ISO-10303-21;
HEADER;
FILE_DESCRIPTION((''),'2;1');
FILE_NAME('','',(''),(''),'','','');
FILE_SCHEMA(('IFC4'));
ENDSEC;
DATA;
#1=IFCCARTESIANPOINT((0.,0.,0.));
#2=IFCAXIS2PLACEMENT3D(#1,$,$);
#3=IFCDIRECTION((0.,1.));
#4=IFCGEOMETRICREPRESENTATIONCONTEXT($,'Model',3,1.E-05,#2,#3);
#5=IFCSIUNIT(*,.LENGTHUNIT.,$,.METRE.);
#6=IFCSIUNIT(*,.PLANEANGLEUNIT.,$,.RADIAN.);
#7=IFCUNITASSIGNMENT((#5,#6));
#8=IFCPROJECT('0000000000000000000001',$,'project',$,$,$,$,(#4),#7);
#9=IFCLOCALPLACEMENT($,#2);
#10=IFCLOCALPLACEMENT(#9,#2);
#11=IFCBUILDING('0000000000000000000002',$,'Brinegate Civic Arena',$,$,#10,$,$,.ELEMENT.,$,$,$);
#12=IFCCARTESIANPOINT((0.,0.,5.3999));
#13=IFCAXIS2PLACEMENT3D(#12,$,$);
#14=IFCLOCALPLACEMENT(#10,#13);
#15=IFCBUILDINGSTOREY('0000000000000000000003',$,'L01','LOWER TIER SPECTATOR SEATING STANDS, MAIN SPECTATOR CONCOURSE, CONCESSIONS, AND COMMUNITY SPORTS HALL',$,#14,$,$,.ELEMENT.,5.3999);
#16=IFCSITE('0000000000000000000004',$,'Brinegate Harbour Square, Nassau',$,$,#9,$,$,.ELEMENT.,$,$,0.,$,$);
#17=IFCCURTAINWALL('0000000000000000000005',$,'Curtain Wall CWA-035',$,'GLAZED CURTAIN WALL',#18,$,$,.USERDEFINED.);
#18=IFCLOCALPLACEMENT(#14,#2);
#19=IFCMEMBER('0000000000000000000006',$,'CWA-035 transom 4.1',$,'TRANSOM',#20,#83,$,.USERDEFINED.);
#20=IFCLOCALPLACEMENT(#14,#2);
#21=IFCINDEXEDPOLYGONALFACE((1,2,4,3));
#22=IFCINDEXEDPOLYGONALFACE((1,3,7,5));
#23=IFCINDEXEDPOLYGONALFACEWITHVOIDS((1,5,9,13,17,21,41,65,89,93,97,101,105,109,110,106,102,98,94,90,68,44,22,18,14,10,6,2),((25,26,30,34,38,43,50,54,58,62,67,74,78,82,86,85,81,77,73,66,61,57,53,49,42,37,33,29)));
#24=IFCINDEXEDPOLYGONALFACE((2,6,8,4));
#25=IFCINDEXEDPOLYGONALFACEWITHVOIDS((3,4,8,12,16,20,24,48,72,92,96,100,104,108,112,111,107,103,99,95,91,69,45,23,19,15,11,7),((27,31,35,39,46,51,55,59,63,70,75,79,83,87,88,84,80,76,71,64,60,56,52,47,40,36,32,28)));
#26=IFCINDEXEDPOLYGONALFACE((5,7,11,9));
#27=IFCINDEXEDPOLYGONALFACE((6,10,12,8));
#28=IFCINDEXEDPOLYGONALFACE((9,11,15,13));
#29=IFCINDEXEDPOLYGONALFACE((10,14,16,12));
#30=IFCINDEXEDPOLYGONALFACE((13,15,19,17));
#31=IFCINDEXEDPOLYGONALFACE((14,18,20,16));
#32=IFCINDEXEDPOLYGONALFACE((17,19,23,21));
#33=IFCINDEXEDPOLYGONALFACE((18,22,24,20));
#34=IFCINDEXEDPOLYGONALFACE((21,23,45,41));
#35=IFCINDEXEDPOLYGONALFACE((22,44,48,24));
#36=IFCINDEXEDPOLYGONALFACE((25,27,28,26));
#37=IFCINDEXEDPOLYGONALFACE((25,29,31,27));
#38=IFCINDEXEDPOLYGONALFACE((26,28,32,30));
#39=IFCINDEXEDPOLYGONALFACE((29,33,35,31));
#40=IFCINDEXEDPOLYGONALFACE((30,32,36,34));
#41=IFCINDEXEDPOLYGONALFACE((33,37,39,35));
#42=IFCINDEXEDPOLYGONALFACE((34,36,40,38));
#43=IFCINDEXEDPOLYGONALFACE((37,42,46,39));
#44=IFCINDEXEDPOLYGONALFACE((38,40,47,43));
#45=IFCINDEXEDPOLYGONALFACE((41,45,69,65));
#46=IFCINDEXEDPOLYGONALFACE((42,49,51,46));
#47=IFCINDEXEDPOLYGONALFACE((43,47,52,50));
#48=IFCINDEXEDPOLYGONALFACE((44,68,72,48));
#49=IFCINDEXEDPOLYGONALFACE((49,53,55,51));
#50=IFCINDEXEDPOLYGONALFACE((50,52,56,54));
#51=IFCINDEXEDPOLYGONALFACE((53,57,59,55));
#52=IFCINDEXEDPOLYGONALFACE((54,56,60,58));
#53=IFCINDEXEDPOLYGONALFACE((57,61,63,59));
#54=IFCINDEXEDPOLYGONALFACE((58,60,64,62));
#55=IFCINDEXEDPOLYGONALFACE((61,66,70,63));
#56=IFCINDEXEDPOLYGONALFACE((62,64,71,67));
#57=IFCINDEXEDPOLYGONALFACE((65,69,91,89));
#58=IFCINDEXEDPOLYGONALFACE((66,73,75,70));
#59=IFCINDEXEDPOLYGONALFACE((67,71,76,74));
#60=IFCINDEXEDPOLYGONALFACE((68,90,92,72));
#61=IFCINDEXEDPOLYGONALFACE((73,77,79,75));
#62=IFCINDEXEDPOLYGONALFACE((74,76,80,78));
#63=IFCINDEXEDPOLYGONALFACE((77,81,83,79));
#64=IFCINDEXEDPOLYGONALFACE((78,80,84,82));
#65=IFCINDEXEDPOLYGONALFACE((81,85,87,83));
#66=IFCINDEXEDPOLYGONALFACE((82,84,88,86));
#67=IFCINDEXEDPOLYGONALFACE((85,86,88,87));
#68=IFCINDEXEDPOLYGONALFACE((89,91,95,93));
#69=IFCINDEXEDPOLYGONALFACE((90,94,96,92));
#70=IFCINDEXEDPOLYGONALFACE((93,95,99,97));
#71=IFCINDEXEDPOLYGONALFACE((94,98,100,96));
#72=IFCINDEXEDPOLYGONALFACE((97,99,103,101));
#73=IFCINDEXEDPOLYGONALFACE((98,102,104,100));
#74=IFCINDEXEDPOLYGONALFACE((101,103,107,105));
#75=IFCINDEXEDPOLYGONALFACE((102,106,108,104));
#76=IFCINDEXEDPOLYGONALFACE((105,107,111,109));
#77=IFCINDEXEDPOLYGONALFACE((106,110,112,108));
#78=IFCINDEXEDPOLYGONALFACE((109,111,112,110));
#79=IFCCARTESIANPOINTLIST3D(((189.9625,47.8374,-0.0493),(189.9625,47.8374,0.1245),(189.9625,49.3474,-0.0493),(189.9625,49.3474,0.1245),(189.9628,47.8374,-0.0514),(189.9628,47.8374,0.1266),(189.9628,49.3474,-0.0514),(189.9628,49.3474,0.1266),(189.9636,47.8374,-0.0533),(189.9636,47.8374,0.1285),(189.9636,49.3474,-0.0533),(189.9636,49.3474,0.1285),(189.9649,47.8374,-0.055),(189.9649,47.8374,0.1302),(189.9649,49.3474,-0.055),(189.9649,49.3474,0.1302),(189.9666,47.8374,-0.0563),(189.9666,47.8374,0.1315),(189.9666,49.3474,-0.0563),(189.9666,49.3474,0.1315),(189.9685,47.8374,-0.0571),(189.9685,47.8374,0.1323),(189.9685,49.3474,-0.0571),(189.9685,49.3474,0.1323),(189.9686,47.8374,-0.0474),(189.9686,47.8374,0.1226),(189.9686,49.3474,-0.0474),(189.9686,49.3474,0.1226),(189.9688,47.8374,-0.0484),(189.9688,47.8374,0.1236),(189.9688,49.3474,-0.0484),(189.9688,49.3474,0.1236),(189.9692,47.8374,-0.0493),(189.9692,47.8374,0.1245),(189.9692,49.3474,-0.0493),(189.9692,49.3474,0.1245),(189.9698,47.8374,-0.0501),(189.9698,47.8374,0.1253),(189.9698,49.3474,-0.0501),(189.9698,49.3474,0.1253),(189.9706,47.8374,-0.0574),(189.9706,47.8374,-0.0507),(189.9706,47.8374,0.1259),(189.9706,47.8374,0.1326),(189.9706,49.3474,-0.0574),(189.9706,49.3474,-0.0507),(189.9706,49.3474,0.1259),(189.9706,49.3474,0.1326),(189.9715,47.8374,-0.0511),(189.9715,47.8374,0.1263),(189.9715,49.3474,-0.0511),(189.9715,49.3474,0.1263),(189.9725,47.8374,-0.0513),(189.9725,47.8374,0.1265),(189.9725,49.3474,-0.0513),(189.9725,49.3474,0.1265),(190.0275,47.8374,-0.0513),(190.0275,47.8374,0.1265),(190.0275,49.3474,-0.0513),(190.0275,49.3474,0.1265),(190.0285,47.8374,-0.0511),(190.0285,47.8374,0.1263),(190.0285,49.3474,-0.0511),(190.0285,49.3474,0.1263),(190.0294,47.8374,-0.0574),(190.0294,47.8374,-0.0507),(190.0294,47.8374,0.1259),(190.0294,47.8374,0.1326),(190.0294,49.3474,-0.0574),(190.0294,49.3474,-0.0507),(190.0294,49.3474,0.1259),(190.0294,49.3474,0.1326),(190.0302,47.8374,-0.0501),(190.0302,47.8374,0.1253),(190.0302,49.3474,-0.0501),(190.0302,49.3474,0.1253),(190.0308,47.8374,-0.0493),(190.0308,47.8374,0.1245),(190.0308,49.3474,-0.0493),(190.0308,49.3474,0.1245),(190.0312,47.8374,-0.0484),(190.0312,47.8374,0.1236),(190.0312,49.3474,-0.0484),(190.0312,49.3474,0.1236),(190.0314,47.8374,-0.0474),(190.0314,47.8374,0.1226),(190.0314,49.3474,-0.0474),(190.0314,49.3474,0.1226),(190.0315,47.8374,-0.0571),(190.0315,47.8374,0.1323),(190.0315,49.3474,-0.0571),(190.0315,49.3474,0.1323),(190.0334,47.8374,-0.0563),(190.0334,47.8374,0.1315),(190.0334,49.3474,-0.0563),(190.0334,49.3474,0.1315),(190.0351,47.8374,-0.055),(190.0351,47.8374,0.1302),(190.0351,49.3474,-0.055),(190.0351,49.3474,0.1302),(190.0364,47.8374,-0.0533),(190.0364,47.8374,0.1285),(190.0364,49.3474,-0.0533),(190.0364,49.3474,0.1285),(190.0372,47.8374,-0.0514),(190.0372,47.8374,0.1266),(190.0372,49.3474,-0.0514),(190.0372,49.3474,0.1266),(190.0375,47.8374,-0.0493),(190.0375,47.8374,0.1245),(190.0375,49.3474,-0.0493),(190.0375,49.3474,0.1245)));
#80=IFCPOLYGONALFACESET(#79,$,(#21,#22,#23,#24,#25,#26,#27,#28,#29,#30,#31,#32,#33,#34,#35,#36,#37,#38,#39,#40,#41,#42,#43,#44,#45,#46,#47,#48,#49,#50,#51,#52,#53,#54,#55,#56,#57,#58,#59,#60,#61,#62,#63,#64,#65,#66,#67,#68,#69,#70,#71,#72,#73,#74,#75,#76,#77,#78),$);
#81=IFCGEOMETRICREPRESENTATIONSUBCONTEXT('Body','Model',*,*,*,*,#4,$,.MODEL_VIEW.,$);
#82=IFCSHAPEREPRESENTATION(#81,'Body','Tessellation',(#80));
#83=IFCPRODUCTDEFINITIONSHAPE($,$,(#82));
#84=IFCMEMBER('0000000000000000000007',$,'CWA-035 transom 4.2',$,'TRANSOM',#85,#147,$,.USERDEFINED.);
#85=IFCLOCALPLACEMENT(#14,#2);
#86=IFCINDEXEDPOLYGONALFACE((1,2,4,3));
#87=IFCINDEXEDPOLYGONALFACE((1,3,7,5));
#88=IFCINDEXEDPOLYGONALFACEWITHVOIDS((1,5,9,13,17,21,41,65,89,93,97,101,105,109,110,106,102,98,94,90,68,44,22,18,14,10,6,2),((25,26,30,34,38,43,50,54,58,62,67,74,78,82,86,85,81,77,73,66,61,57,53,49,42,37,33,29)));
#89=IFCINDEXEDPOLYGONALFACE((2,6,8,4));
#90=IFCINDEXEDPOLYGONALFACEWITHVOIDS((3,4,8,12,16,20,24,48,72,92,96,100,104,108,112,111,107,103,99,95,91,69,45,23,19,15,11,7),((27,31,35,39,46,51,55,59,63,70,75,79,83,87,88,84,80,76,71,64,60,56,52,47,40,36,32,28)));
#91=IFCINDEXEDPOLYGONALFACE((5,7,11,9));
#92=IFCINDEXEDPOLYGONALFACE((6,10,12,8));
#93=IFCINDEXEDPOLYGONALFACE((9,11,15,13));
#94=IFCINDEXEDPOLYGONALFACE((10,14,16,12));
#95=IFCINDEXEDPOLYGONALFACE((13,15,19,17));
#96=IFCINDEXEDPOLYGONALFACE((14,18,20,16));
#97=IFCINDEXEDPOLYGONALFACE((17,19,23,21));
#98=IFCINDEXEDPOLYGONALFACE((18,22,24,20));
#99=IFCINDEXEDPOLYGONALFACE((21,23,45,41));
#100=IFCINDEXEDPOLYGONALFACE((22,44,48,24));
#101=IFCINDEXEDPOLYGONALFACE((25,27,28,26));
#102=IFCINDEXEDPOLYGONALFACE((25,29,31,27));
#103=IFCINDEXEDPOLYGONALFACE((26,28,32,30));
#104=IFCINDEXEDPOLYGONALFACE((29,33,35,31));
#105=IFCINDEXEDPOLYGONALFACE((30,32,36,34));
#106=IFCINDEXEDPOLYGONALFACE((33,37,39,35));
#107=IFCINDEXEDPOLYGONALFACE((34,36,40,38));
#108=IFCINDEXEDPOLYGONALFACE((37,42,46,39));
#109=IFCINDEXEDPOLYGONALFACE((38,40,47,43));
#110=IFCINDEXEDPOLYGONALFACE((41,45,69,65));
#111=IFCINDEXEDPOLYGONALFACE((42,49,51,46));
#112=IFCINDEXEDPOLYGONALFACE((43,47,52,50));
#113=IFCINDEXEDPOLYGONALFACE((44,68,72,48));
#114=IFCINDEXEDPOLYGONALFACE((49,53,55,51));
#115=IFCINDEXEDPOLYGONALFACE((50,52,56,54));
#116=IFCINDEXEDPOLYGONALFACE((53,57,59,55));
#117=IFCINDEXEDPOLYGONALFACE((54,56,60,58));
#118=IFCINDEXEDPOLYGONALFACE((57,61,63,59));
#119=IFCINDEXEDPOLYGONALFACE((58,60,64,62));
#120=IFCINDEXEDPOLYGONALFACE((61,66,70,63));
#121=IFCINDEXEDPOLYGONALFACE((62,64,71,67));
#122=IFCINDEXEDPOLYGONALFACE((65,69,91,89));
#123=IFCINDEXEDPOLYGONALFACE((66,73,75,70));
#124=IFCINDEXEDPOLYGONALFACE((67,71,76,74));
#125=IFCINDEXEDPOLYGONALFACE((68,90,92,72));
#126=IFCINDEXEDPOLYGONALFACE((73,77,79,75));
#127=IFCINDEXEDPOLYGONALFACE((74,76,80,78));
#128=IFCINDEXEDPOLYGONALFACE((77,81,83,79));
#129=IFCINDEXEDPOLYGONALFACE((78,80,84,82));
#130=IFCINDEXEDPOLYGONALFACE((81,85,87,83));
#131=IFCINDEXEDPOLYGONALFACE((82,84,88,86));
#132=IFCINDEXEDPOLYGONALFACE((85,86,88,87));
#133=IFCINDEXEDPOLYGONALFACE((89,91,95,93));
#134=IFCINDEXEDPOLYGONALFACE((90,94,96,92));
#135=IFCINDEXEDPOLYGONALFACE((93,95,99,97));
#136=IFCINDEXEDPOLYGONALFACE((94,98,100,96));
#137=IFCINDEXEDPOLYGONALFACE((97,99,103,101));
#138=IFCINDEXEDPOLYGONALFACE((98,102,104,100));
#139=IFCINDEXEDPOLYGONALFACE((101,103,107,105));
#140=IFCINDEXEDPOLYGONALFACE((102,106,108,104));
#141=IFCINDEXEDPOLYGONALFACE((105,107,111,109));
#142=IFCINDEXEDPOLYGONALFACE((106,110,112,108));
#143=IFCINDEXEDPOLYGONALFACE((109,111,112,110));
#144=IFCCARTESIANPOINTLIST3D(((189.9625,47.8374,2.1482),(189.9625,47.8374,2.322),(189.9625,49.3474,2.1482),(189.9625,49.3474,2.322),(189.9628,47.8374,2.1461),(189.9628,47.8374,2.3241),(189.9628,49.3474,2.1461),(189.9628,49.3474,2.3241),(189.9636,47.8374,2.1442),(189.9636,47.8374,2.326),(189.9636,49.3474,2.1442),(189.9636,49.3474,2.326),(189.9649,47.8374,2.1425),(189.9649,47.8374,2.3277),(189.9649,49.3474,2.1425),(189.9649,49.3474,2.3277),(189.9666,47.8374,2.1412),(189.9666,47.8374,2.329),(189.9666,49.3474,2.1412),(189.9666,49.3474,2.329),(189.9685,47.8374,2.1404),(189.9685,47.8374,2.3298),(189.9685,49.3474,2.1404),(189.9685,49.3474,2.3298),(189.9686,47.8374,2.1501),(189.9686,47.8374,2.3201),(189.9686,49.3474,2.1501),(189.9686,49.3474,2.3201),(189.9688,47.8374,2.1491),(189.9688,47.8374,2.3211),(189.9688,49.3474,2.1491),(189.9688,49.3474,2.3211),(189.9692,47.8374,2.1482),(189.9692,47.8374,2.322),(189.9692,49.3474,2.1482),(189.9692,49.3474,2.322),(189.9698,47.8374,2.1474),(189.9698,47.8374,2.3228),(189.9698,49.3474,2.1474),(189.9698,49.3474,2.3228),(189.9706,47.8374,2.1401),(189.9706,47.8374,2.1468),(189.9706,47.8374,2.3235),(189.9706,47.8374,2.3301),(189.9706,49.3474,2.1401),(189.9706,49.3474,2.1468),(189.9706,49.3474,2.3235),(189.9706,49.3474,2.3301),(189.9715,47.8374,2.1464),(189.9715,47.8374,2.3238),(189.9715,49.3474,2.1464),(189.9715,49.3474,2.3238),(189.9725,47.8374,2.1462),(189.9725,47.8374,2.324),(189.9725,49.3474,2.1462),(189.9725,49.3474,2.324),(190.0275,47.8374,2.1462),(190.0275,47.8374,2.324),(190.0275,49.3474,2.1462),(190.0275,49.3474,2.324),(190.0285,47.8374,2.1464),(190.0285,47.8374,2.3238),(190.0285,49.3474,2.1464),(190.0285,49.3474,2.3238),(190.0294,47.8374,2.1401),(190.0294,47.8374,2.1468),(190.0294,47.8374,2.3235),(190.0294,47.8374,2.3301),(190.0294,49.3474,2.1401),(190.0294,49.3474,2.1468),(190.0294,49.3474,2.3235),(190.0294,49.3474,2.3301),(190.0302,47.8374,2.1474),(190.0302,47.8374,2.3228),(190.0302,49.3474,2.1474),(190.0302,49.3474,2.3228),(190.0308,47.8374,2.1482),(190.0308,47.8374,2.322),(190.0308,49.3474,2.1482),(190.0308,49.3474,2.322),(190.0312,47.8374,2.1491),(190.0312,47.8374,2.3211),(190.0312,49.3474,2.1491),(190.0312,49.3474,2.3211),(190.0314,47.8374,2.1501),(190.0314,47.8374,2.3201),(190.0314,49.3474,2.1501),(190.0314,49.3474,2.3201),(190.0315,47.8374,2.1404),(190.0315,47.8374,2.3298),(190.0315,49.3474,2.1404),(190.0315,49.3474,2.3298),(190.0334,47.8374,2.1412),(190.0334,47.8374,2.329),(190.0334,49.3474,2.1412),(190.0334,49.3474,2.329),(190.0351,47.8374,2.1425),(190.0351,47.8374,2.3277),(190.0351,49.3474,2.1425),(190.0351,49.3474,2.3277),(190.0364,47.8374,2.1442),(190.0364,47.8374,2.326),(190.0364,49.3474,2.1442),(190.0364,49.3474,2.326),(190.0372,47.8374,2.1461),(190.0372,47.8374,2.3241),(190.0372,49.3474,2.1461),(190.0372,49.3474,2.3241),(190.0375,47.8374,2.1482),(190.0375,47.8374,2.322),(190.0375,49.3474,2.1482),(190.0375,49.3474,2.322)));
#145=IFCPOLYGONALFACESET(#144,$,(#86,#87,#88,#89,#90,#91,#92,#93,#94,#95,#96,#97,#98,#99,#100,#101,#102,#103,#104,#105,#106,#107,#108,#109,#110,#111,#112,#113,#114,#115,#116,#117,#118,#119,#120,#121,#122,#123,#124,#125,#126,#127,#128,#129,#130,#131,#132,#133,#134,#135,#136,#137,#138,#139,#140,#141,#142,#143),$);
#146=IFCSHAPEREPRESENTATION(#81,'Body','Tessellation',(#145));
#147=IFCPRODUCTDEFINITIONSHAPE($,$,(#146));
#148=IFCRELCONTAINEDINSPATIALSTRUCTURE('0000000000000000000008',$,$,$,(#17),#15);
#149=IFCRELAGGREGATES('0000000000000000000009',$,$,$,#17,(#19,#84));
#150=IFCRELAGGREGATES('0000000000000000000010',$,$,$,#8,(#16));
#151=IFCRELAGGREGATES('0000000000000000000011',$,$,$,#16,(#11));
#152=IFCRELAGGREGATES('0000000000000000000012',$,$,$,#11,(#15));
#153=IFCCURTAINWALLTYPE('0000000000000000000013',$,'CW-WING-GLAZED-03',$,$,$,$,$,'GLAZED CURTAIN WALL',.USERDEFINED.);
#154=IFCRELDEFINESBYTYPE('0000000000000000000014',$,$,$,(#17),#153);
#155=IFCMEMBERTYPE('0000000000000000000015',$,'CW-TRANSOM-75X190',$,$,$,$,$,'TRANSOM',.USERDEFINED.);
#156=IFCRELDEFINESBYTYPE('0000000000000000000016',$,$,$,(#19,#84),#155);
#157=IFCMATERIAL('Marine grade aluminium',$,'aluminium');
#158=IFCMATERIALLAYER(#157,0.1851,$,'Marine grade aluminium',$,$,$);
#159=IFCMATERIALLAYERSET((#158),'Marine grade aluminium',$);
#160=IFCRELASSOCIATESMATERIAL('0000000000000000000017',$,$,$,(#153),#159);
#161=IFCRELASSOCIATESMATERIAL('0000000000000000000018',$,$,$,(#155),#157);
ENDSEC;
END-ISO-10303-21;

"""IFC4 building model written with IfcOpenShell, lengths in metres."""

from ifc_helpers import new_model, si_unit, direction, frame, origin, origin_2d, place, context, subcontext, project, spatial, hollow_rectangle, extrude, material, layer, layer_set, material_profile, profile_set, type_object, element, aggregate, save


model = new_model("IFC4")

# Units and contexts
model_context = context("Model", 3, precision=1e-05, world=origin(), true_north=direction((0.0, 1.0)))
body_context = subcontext(model_context, "Body", "Model", "MODEL_VIEW")
ifc_project = project(units=[si_unit("LENGTHUNIT", "METRE"), si_unit("PLANEANGLEUNIT", "RADIAN")], contexts=[model_context])

# Site, building, storey
site_placement = place(None, origin())
site = spatial("IfcSite", under=ifc_project, at=site_placement, Name="Brinegate Harbour Square, Nassau", CompositionType="ELEMENT", RefElevation=0.0)
building_placement = place(site_placement, origin())
building = spatial("IfcBuilding", under=site, at=building_placement, Name="Brinegate Civic Arena", CompositionType="ELEMENT")
storey_placement = place(building_placement, frame((0.0, 0.0, 5.3999)))
storey = spatial("IfcBuildingStorey", under=building, at=storey_placement, Name="L01", Description="LOWER TIER SPECTATOR SEATING STANDS, MAIN SPECTATOR CONCOURSE, CONCESSIONS, AND COMMUNITY SPORTS HALL", CompositionType="ELEMENT", Elevation=5.3999)

# Curtain wall, members
ifc_material_1 = material(Name="Marine grade aluminium", Category="aluminium")
ifc_layer_1 = layer(ifc_material_1, 0.1851, Name="Marine grade aluminium")
ifc_layer_set_1 = layer_set([ifc_layer_1], Name="Marine grade aluminium")
curtain_wall_type = type_object("IfcCurtainWallType", Name="CW-WING-GLAZED-03", ElementType="GLAZED CURTAIN WALL", PredefinedType="USERDEFINED", material=ifc_layer_set_1)
curtain_wall_placement = place(storey_placement, origin())
curtain_wall = element("IfcCurtainWall", 1, at=curtain_wall_placement, inside=storey, type_object=curtain_wall_type, Name="Curtain Wall CWA-035", ObjectType="GLAZED CURTAIN WALL", PredefinedType="USERDEFINED")
ifc_material_profile_1 = material_profile(ifc_material_1, hollow_rectangle(XDim=0.075, YDim=0.1899, WallThickness=0.0061, InnerFilletRadius=0.0039, OuterFilletRadius=0.0081, at=origin_2d()), Name="TRN75X190")
ifc_profile_set_1 = profile_set([ifc_material_profile_1], Name="Marine grade aluminium")
member_type_1 = type_object("IfcMemberType", Name="CW-TRANSOM-75X190", ElementType="TRANSOM", PredefinedType="USERDEFINED", material=ifc_profile_set_1)
member_1_placement = place(storey_placement, frame((190.0, 47.8374, 0.0376), z_axis=(0.0, 1.0, 0.0), x_axis=(-1.0, 0.0, 0.0)))
member_1 = element("IfcMember", 2, at=member_1_placement, type_object=member_type_1, Name="CWA-035 transom 4.1", ObjectType="TRANSOM", PredefinedType="USERDEFINED", context=body_context, shape_type="SweptSolid", body=[
    extrude(hollow_rectangle(XDim=0.075, YDim=0.1899, WallThickness=0.0061, InnerFilletRadius=0.0039, OuterFilletRadius=0.0081, at=origin_2d()), origin(), (0.0, 0.0, 1.0), 1.51),
])
member_2_placement = place(storey_placement, frame((190.0, 47.8374, 2.2351), z_axis=(0.0, 1.0, 0.0), x_axis=(-1.0, 0.0, 0.0)))
member_2 = element("IfcMember", 3, at=member_2_placement, type_object=member_type_1, Name="CWA-035 transom 4.2", ObjectType="TRANSOM", PredefinedType="USERDEFINED", context=body_context, shape_type="SweptSolid", body=[
    extrude(hollow_rectangle(XDim=0.075, YDim=0.1899, WallThickness=0.0061, InnerFilletRadius=0.0039, OuterFilletRadius=0.0081, at=origin_2d()), origin(), (0.0, 0.0, 1.0), 1.51),
])
aggregate(curtain_wall, [member_1, member_2])

save(model, "model.ifc")
